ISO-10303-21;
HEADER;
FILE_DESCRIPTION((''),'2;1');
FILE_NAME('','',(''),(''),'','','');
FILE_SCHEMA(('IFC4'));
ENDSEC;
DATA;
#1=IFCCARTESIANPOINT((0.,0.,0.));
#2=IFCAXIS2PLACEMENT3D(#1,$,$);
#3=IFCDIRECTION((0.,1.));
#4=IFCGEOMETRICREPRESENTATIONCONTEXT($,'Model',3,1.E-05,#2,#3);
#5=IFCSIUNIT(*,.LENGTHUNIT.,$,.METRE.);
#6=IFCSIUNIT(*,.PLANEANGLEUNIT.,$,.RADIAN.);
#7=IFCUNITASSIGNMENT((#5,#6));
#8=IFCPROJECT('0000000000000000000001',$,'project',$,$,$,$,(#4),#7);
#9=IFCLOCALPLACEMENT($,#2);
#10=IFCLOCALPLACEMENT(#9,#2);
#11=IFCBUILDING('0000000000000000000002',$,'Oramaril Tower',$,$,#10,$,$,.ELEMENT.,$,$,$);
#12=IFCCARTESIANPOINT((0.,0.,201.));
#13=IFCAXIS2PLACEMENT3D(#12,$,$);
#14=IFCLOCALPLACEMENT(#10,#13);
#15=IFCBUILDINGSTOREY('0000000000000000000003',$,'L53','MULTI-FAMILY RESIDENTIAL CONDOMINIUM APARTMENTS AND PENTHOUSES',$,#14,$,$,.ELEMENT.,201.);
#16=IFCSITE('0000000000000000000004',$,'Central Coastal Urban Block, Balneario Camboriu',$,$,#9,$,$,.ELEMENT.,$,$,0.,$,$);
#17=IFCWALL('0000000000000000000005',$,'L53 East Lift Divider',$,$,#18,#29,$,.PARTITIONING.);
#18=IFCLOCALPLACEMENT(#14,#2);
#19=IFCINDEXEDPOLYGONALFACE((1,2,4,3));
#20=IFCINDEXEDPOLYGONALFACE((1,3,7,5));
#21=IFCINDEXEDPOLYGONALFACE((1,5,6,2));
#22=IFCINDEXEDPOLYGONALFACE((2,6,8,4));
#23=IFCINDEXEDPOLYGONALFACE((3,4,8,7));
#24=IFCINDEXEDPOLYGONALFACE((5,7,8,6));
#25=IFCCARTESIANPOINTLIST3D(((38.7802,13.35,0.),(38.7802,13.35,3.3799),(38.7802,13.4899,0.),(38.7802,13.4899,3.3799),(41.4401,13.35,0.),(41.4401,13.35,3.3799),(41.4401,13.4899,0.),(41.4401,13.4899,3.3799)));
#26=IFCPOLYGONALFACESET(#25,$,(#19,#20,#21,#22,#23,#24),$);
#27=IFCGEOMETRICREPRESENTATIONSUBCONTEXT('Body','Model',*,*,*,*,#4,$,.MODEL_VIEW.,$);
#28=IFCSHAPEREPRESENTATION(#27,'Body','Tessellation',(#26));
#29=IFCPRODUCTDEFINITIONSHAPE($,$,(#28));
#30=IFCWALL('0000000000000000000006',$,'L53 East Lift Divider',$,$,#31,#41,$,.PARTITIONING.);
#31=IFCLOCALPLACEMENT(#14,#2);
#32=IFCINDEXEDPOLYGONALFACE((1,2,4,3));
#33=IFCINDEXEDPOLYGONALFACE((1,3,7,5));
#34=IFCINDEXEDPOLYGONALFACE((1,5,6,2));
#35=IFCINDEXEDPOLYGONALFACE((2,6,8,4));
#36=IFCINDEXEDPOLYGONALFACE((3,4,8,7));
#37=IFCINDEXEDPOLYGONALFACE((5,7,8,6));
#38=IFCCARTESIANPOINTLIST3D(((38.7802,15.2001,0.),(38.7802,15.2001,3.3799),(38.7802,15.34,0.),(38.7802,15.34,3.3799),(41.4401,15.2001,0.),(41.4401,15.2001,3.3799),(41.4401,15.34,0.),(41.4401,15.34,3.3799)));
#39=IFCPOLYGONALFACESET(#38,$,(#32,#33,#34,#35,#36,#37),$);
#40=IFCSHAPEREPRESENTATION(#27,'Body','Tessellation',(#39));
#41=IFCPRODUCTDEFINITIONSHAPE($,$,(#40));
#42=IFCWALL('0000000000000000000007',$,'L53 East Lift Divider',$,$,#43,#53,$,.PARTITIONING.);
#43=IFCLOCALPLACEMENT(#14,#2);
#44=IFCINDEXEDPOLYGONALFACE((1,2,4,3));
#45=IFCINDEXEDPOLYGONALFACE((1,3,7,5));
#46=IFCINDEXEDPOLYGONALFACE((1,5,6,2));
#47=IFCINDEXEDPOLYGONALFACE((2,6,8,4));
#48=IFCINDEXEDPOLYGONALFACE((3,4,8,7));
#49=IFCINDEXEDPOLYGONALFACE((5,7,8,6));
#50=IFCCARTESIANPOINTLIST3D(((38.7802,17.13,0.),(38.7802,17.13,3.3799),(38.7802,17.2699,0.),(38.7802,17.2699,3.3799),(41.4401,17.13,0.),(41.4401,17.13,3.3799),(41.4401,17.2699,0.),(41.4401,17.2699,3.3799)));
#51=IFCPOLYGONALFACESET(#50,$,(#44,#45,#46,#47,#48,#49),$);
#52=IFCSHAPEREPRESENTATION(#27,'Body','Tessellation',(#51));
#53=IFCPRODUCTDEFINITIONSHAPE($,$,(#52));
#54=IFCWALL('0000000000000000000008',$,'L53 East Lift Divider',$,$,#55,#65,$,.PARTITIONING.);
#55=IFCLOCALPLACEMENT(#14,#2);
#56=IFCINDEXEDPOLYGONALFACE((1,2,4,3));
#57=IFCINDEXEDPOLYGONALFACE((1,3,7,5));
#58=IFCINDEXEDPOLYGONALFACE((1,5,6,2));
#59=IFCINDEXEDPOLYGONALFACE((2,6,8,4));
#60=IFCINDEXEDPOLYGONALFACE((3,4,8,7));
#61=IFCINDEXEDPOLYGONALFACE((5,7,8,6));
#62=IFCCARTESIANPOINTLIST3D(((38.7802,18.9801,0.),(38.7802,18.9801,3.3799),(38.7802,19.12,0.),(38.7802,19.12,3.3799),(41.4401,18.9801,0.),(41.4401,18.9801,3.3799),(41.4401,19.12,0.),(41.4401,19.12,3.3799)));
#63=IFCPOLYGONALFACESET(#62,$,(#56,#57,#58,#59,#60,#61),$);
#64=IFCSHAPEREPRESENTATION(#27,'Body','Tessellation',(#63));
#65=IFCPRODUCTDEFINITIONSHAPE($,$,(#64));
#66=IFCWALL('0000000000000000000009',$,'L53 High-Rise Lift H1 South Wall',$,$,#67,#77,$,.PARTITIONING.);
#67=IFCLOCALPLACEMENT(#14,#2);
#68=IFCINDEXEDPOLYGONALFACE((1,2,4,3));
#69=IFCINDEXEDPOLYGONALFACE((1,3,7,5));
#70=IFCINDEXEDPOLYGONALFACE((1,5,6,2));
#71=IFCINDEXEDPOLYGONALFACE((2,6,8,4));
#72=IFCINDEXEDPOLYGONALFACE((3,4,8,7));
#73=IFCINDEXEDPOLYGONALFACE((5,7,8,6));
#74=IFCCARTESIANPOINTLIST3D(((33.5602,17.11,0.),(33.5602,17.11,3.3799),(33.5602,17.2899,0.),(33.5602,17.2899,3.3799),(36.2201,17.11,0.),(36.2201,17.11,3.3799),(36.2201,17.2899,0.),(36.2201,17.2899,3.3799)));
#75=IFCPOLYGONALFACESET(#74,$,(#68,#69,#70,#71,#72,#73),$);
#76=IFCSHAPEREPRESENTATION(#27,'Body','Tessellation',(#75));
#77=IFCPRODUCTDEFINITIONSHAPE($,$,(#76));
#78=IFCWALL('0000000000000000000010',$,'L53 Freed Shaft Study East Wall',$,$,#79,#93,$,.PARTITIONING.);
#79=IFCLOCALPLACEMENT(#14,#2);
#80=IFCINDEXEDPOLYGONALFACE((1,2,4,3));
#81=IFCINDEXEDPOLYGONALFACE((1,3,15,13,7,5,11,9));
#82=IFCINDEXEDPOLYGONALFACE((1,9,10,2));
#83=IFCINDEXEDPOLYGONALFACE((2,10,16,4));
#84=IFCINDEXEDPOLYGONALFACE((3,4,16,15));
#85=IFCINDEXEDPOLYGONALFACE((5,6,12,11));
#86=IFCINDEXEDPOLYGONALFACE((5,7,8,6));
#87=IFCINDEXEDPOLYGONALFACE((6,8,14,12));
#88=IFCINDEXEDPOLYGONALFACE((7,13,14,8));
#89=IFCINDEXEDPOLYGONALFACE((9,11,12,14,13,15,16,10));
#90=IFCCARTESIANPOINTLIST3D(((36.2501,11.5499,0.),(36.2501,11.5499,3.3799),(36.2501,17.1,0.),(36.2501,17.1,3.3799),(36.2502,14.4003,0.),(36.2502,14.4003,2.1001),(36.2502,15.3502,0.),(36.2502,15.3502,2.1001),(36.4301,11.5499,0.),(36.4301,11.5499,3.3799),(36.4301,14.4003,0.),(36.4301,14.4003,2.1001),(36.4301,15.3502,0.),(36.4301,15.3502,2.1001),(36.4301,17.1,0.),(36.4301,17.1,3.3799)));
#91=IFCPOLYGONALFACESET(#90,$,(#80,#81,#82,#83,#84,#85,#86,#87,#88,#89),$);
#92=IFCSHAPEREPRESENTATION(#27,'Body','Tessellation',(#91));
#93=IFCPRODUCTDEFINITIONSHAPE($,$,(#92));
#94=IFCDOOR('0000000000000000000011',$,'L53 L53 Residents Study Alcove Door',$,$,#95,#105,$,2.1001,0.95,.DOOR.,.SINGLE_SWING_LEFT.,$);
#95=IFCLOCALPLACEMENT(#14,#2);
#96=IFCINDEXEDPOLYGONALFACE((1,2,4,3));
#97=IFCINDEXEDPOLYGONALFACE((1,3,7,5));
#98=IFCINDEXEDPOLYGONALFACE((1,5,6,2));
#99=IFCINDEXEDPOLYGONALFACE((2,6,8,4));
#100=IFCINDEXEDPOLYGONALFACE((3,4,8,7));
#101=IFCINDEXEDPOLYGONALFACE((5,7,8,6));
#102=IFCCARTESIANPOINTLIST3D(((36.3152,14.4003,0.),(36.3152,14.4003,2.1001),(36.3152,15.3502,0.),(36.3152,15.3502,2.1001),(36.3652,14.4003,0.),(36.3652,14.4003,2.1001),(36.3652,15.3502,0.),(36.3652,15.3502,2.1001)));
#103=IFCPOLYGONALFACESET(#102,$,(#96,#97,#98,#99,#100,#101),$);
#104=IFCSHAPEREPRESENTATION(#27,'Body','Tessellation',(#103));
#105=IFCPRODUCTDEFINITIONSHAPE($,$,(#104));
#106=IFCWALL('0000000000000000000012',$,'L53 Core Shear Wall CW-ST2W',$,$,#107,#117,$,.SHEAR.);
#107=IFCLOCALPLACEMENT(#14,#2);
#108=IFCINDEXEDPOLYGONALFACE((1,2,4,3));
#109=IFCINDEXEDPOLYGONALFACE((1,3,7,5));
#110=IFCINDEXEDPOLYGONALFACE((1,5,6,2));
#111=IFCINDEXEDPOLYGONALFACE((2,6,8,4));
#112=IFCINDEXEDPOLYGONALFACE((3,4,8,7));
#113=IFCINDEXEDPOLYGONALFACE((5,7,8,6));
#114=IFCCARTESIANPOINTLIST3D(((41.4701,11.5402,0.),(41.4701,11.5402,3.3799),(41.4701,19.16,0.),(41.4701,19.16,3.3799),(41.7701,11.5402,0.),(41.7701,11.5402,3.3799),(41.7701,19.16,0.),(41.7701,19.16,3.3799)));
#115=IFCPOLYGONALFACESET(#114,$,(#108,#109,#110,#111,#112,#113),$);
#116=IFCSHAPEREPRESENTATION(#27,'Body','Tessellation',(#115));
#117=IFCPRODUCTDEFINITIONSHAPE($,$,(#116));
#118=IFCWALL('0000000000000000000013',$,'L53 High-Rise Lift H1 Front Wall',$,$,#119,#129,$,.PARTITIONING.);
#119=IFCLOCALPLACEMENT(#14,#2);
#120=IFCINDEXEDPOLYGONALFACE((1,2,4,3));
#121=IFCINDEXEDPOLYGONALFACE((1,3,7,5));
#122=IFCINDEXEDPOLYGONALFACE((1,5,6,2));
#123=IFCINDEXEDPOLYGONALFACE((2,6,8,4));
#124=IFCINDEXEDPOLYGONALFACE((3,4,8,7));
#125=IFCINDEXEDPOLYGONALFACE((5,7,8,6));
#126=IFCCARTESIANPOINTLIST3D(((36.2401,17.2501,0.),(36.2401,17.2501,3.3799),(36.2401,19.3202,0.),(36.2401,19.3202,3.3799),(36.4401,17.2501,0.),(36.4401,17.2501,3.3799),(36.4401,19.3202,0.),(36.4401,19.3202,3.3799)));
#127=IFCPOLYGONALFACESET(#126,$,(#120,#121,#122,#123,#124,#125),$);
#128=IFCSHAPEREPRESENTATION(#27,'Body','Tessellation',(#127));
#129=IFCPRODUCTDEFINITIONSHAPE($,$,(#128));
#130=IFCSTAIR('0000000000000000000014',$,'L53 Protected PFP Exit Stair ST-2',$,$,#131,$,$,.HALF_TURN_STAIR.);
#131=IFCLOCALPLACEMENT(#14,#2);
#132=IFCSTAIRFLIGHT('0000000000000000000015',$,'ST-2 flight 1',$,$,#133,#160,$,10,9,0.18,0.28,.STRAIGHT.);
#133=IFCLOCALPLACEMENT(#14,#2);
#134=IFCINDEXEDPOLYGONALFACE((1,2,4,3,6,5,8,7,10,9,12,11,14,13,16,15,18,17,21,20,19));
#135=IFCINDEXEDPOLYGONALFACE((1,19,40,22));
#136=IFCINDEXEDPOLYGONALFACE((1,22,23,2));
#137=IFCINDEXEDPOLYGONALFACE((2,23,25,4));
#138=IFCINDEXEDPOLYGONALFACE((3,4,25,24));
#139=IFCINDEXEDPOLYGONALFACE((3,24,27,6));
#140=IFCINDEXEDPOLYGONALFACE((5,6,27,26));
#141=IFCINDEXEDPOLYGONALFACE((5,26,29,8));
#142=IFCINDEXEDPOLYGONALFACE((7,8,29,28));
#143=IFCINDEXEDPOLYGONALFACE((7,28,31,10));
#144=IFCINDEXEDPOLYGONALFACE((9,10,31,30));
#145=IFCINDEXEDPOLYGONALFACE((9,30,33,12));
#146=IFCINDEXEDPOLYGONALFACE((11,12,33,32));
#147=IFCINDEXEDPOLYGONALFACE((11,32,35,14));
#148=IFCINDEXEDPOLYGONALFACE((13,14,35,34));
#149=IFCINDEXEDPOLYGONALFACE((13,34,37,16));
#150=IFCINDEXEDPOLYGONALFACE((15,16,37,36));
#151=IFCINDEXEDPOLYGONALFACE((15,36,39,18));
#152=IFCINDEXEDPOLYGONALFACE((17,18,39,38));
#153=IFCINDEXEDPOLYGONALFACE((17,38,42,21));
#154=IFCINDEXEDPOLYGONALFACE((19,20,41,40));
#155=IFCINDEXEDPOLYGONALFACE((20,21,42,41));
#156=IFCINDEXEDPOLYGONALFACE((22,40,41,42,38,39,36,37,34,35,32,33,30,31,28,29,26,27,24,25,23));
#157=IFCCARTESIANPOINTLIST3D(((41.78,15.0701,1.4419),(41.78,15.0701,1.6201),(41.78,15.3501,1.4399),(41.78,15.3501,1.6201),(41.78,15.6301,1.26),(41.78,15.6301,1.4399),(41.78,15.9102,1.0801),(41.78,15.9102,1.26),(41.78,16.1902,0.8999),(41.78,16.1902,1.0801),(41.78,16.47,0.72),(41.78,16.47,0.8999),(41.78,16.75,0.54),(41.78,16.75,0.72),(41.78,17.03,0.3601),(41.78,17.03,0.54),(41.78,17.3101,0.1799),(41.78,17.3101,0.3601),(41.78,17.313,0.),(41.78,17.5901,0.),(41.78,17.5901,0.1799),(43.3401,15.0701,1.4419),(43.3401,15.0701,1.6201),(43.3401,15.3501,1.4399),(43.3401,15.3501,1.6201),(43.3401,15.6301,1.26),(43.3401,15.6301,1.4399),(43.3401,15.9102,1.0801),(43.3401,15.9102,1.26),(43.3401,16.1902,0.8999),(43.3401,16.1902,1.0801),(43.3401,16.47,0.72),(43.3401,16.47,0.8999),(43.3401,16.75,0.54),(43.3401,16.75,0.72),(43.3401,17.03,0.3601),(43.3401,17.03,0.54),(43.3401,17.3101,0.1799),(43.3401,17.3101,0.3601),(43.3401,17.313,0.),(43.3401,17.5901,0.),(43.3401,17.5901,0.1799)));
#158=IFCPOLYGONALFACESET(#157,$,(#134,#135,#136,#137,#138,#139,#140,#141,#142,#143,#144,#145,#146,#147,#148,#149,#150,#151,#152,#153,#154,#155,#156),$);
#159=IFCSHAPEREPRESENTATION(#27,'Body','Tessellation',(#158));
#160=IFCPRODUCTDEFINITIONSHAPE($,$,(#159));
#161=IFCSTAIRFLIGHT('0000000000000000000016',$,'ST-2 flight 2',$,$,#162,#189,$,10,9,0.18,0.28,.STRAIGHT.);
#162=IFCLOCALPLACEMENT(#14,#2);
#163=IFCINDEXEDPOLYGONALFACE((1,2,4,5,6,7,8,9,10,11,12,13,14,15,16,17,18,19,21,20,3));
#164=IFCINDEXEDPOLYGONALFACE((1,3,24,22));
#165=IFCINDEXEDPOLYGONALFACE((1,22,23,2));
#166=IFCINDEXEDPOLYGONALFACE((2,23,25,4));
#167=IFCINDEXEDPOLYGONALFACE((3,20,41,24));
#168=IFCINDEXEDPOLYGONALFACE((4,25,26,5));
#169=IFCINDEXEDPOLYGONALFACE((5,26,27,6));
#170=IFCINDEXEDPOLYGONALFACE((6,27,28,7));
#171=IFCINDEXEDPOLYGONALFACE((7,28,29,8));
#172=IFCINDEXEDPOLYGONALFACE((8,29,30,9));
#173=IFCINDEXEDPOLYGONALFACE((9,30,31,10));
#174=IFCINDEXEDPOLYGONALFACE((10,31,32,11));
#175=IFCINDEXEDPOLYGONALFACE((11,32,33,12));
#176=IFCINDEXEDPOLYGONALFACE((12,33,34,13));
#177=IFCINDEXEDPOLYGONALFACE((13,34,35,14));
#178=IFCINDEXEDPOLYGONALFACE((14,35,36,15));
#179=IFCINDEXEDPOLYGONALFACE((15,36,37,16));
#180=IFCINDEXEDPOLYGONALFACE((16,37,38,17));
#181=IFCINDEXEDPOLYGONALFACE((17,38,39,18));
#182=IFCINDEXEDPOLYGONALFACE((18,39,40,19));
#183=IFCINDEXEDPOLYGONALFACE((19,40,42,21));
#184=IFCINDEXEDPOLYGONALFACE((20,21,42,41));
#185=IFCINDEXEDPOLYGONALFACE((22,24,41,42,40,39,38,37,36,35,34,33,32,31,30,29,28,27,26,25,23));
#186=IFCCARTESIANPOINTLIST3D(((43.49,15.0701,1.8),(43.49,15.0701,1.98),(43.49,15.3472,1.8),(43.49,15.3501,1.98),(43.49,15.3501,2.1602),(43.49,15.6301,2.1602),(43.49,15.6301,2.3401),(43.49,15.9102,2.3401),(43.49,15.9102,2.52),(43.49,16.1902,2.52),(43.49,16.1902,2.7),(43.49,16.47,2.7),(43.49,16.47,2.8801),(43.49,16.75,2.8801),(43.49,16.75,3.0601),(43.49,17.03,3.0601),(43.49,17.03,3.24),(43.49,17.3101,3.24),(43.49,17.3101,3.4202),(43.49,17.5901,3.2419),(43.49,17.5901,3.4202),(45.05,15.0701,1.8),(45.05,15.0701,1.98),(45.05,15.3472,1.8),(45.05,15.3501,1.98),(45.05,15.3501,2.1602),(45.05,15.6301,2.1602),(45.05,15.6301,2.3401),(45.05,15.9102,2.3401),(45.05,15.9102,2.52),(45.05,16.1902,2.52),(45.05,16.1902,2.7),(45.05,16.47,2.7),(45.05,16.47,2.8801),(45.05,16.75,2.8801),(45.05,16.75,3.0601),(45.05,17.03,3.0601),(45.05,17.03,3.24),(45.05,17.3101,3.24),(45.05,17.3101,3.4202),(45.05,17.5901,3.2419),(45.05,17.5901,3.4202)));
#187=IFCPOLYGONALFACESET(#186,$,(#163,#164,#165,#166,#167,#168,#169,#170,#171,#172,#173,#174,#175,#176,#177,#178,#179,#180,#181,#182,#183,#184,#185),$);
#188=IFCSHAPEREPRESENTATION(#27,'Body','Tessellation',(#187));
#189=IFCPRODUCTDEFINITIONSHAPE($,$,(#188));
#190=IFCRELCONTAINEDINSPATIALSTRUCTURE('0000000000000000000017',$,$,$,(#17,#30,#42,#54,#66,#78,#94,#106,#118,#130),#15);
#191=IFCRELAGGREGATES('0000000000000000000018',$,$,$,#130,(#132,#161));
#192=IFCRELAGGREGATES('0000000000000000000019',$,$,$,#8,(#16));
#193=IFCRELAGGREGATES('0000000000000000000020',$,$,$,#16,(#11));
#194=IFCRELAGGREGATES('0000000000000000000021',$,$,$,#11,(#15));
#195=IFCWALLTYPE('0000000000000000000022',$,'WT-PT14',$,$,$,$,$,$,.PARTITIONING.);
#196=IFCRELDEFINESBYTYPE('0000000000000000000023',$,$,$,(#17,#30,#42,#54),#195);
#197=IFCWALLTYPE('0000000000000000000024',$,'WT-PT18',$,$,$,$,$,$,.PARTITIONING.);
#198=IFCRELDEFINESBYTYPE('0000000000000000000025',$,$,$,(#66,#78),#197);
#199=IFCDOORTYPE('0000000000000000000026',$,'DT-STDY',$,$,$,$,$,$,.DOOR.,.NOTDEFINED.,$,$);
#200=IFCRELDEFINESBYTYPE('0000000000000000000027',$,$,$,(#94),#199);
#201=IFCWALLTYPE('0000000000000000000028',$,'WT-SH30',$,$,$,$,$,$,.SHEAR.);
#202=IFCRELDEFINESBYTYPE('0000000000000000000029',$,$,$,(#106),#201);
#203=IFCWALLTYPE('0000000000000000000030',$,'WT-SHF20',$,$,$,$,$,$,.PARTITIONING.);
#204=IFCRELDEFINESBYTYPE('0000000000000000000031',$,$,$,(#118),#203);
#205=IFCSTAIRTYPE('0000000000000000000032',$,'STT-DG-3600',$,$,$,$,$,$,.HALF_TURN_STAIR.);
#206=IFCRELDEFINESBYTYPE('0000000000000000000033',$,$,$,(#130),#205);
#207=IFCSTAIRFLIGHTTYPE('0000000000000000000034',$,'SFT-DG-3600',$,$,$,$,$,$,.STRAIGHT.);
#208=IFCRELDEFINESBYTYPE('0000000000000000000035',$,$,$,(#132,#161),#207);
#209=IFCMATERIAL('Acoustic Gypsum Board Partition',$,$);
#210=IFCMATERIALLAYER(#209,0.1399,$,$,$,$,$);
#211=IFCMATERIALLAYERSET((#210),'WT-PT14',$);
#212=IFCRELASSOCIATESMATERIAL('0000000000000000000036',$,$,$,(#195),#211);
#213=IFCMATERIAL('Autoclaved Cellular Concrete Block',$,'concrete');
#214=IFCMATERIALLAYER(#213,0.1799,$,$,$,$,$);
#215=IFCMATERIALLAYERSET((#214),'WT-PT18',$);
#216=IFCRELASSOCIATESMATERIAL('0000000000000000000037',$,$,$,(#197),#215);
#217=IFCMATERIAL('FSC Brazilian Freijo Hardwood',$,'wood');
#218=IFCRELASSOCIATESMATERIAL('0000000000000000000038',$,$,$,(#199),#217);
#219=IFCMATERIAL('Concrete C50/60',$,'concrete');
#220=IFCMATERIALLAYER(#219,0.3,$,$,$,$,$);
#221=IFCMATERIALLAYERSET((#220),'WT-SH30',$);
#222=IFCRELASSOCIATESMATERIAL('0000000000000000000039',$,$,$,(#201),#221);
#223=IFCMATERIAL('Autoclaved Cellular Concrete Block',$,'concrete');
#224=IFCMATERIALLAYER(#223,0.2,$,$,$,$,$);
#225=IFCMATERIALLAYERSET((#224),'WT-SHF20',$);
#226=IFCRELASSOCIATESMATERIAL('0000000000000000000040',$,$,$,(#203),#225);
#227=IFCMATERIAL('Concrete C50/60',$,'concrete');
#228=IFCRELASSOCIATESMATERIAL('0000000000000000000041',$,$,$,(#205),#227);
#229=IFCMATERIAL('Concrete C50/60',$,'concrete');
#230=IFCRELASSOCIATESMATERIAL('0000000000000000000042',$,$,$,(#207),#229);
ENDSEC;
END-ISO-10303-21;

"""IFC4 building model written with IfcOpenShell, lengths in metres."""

from ifc_helpers import new_model, si_unit, direction, frame, frame_2d, origin, place, context, subcontext, project, spatial, polyline, rectangle, outline, extrude, material, layer, layer_set, type_object, element, fill, aggregate, save


model = new_model("IFC4")

# Units and contexts
model_context = context("Model", 3, precision=1e-05, world=origin(), true_north=direction((0.0, 1.0)))
body_context = subcontext(model_context, "Body", "Model", "MODEL_VIEW")
ifc_project = project(units=[si_unit("LENGTHUNIT", "METRE"), si_unit("PLANEANGLEUNIT", "RADIAN")], contexts=[model_context])

# Site, building, storey
site_placement = place(None, origin())
site = spatial("IfcSite", under=ifc_project, at=site_placement, Name="Central Coastal Urban Block, Balneario Camboriu", CompositionType="ELEMENT", RefElevation=0.0)
building_placement = place(site_placement, origin())
building = spatial("IfcBuilding", under=site, at=building_placement, Name="Oramaril Tower", CompositionType="ELEMENT")
storey_placement = place(building_placement, frame((0.0, 0.0, 201.0)))
storey = spatial("IfcBuildingStorey", under=building, at=storey_placement, Name="L53", Description="MULTI-FAMILY RESIDENTIAL CONDOMINIUM APARTMENTS AND PENTHOUSES", CompositionType="ELEMENT", Elevation=201.0)

# Walls
ifc_material_1 = material(Name="Acoustic Gypsum Board Partition")
ifc_layer_1 = layer(ifc_material_1, 0.1399)
ifc_layer_set_1 = layer_set([ifc_layer_1], Name="WT-PT14")
wall_type_1 = type_object("IfcWallType", Name="WT-PT14", PredefinedType="PARTITIONING", material=ifc_layer_set_1)
for number, where, z_axis, x_axis, name in (
    (1, (38.78, 13.4199, 0.0), (0.0, 0.0, 1.0), (1.0, 0.0, 0.0), "L53 East Lift Divider"),
    (2, (38.78, 15.27, 0.0), (0.0, 0.0, 1.0), (1.0, 0.0, 0.0), "L53 East Lift Divider"),
    (3, (38.78, 17.2, 0.0), (0.0, 0.0, 1.0), (1.0, 0.0, 0.0), "L53 East Lift Divider"),
    (4, (38.78, 19.05, 0.0), (0.0, 0.0, 1.0), (1.0, 0.0, 0.0), "L53 East Lift Divider"),
):
    element("IfcWall", number, at=place(storey_placement, frame(where, z_axis=z_axis, x_axis=x_axis)), inside=storey, type_object=wall_type_1, Name=name, PredefinedType="PARTITIONING", context=body_context, shape_type="SweptSolid", body=[
        extrude(rectangle(XDim=2.6599, YDim=0.1399, at=frame_2d((1.3301, 0.0))), origin(), (0.0, 0.0, 1.0), 3.3799),
    ])
ifc_material_2 = material(Name="Autoclaved Cellular Concrete Block", Category="concrete")
ifc_layer_2 = layer(ifc_material_2, 0.1799)
ifc_layer_set_2 = layer_set([ifc_layer_2], Name="WT-PT18")
wall_type_2 = type_object("IfcWallType", Name="WT-PT18", PredefinedType="PARTITIONING", material=ifc_layer_set_2)
wall_1_placement = place(storey_placement, frame((33.5601, 17.2, 0.0), z_axis=(0.0, 0.0, 1.0), x_axis=(1.0, 0.0, 0.0)))
element("IfcWall", 5, at=wall_1_placement, inside=storey, type_object=wall_type_2, Name="L53 High-Rise Lift H1 South Wall", PredefinedType="PARTITIONING", context=body_context, shape_type="SweptSolid", body=[
    extrude(rectangle(XDim=2.6599, YDim=0.1799, at=frame_2d((1.3301, 0.0))), origin(), (0.0, 0.0, 1.0), 3.3799),
])

# Wall, opening, door
wall_2_placement = place(storey_placement, frame((36.3401, 11.55, 0.0), z_axis=(0.0, 0.0, 1.0), x_axis=(0.0, 1.0, 0.0)))
wall_2 = element("IfcWall", 6, at=wall_2_placement, inside=storey, type_object=wall_type_2, Name="L53 Freed Shaft Study East Wall", PredefinedType="PARTITIONING", context=body_context, shape_type="SweptSolid", body=[
    extrude(rectangle(XDim=5.55, YDim=0.1799, at=frame_2d((2.7749, 0.0))), origin(), (0.0, 0.0, 1.0), 3.3799),
])
opening_1_placement = place(wall_2_placement, frame((2.8501, 0.0, 0.0)))
opening_1 = element("IfcOpeningElement", 7, at=opening_1_placement, cuts=wall_2, PredefinedType="OPENING", context=body_context, shape_type="SweptSolid", body=[
    extrude(rectangle(XDim=0.95, YDim=2.1001, at=frame_2d((0.4751, 1.05))), frame((0.0, 0.0898, 0.0), z_axis=(0.0, -1.0, 0.0), x_axis=(1.0, 0.0, 0.0)), (0.0, 0.0, 1.0), 0.1799),
])
ifc_material_3 = material(Name="FSC Brazilian Freijo Hardwood", Category="wood")
door_type_1 = type_object("IfcDoorType", Name="DT-STDY", OperationType="NOTDEFINED", PredefinedType="DOOR", material=ifc_material_3)
door_1_placement = place(opening_1_placement, origin())
door_1 = element("IfcDoor", 8, at=door_1_placement, inside=storey, type_object=door_type_1, Name="L53 L53 Residents Study Alcove Door", OperationType="SINGLE_SWING_LEFT", OverallHeight=2.1001, OverallWidth=0.95, PredefinedType="DOOR", context=body_context, shape_type="SweptSolid", body=[
    extrude(rectangle(XDim=0.95, YDim=2.1001, at=frame_2d((0.4751, 1.05))), frame((0.0, 0.0249, 0.0), z_axis=(0.0, -1.0, 0.0), x_axis=(1.0, 0.0, 0.0)), (0.0, 0.0, 1.0), 0.05),
])
fill(opening_1, door_1)

# Walls
ifc_material_4 = material(Name="Concrete C50/60", Category="concrete")
ifc_layer_3 = layer(ifc_material_4, 0.3)
ifc_layer_set_3 = layer_set([ifc_layer_3], Name="WT-SH30")
wall_type_3 = type_object("IfcWallType", Name="WT-SH30", PredefinedType="SHEAR", material=ifc_layer_set_3)
wall_3_placement = place(storey_placement, frame((41.6201, 11.54, 0.0), z_axis=(0.0, 0.0, 1.0), x_axis=(0.0, 1.0, 0.0)))
element("IfcWall", 9, at=wall_3_placement, inside=storey, type_object=wall_type_3, Name="L53 Core Shear Wall CW-ST2W", PredefinedType="SHEAR", context=body_context, shape_type="SweptSolid", body=[
    extrude(rectangle(XDim=7.6199, YDim=0.3, at=frame_2d((3.8101, 0.0))), origin(), (0.0, 0.0, 1.0), 3.3799),
])
ifc_material_5 = material(Name="Autoclaved Cellular Concrete Block", Category="concrete")
ifc_layer_4 = layer(ifc_material_5, 0.2)
ifc_layer_set_4 = layer_set([ifc_layer_4], Name="WT-SHF20")
wall_type_4 = type_object("IfcWallType", Name="WT-SHF20", PredefinedType="PARTITIONING", material=ifc_layer_set_4)
wall_4_placement = place(storey_placement, frame((36.3401, 17.25, 0.0), z_axis=(0.0, 0.0, 1.0), x_axis=(0.0, 1.0, 0.0)))
element("IfcWall", 10, at=wall_4_placement, inside=storey, type_object=wall_type_4, Name="L53 High-Rise Lift H1 Front Wall", PredefinedType="PARTITIONING", context=body_context, shape_type="SweptSolid", body=[
    extrude(rectangle(XDim=2.0701, YDim=0.2, at=frame_2d((1.0352, 0.0))), origin(), (0.0, 0.0, 1.0), 3.3799),
])

# Stair, stair flights
ifc_material_6 = material(Name="Concrete C50/60", Category="concrete")
stair_type = type_object("IfcStairType", Name="STT-DG-3600", PredefinedType="HALF_TURN_STAIR", material=ifc_material_6)
stair_placement = place(storey_placement, origin())
stair = element("IfcStair", 11, at=stair_placement, inside=storey, type_object=stair_type, Name="L53 Protected PFP Exit Stair ST-2", PredefinedType="HALF_TURN_STAIR")
ifc_material_7 = material(Name="Concrete C50/60", Category="concrete")
stair_flight_type = type_object("IfcStairFlightType", Name="SFT-DG-3600", PredefinedType="STRAIGHT", material=ifc_material_7)
stair_flight_1_placement = place(storey_placement, frame((42.5601, 17.5901, 0.0), z_axis=(0.0, 0.0, 1.0), x_axis=(0.0, -1.0, 0.0)))
stair_flight_1 = element("IfcStairFlight", 12, at=stair_flight_1_placement, type_object=stair_flight_type, Name="ST-2 flight 1", NumberOfRisers=10, NumberOfTreads=9, PredefinedType="STRAIGHT", RiserHeight=0.18, TreadLength=0.28, context=body_context, shape_type="SweptSolid", body=[
    extrude(outline(polyline([(0.0, 0.0), (0.0, 0.1799), (0.28, 0.1799), (0.28, 0.3601), (0.5601, 0.3601), (0.5601, 0.54), (0.8401, 0.54), (0.8401, 0.72), (1.1201, 0.72), (1.1201, 0.8999), (1.3999, 0.8999), (1.3999, 1.0801), (1.6799, 1.0801), (1.6799, 1.26), (1.96, 1.26), (1.96, 1.4399), (2.24, 1.4399), (2.24, 1.6201), (2.52, 1.6201), (2.52, 1.8), (2.52, 1.4419), (0.2771, 0.0), (0.0, 0.0)])), frame((0.0, 0.78, 0.0), z_axis=(0.0, -1.0, 0.0), x_axis=(1.0, 0.0, 0.0)), (0.0, 0.0, 1.0), 1.5601),
])
stair_flight_2_placement = place(storey_placement, frame((44.27, 15.0701, 1.8), z_axis=(0.0, 0.0, 1.0), x_axis=(0.0, 1.0, 0.0)))
stair_flight_2 = element("IfcStairFlight", 13, at=stair_flight_2_placement, type_object=stair_flight_type, Name="ST-2 flight 2", NumberOfRisers=10, NumberOfTreads=9, PredefinedType="STRAIGHT", RiserHeight=0.18, TreadLength=0.28, context=body_context, shape_type="SweptSolid", body=[
    extrude(outline(polyline([(0.0, 0.0), (0.0, 0.1799), (0.28, 0.1799), (0.28, 0.3601), (0.5601, 0.3601), (0.5601, 0.54), (0.8401, 0.54), (0.8401, 0.72), (1.1201, 0.72), (1.1201, 0.8999), (1.3999, 0.8999), (1.3999, 1.0801), (1.6799, 1.0801), (1.6799, 1.26), (1.96, 1.26), (1.96, 1.4399), (2.24, 1.4399), (2.24, 1.6201), (2.52, 1.6201), (2.52, 1.8), (2.52, 1.4419), (0.2771, 0.0), (0.0, 0.0)])), frame((0.0, 0.78, 0.0), z_axis=(0.0, -1.0, 0.0), x_axis=(1.0, 0.0, 0.0)), (0.0, 0.0, 1.0), 1.5601),
])
aggregate(stair, [stair_flight_1, stair_flight_2])

save(model, "model.ifc")
